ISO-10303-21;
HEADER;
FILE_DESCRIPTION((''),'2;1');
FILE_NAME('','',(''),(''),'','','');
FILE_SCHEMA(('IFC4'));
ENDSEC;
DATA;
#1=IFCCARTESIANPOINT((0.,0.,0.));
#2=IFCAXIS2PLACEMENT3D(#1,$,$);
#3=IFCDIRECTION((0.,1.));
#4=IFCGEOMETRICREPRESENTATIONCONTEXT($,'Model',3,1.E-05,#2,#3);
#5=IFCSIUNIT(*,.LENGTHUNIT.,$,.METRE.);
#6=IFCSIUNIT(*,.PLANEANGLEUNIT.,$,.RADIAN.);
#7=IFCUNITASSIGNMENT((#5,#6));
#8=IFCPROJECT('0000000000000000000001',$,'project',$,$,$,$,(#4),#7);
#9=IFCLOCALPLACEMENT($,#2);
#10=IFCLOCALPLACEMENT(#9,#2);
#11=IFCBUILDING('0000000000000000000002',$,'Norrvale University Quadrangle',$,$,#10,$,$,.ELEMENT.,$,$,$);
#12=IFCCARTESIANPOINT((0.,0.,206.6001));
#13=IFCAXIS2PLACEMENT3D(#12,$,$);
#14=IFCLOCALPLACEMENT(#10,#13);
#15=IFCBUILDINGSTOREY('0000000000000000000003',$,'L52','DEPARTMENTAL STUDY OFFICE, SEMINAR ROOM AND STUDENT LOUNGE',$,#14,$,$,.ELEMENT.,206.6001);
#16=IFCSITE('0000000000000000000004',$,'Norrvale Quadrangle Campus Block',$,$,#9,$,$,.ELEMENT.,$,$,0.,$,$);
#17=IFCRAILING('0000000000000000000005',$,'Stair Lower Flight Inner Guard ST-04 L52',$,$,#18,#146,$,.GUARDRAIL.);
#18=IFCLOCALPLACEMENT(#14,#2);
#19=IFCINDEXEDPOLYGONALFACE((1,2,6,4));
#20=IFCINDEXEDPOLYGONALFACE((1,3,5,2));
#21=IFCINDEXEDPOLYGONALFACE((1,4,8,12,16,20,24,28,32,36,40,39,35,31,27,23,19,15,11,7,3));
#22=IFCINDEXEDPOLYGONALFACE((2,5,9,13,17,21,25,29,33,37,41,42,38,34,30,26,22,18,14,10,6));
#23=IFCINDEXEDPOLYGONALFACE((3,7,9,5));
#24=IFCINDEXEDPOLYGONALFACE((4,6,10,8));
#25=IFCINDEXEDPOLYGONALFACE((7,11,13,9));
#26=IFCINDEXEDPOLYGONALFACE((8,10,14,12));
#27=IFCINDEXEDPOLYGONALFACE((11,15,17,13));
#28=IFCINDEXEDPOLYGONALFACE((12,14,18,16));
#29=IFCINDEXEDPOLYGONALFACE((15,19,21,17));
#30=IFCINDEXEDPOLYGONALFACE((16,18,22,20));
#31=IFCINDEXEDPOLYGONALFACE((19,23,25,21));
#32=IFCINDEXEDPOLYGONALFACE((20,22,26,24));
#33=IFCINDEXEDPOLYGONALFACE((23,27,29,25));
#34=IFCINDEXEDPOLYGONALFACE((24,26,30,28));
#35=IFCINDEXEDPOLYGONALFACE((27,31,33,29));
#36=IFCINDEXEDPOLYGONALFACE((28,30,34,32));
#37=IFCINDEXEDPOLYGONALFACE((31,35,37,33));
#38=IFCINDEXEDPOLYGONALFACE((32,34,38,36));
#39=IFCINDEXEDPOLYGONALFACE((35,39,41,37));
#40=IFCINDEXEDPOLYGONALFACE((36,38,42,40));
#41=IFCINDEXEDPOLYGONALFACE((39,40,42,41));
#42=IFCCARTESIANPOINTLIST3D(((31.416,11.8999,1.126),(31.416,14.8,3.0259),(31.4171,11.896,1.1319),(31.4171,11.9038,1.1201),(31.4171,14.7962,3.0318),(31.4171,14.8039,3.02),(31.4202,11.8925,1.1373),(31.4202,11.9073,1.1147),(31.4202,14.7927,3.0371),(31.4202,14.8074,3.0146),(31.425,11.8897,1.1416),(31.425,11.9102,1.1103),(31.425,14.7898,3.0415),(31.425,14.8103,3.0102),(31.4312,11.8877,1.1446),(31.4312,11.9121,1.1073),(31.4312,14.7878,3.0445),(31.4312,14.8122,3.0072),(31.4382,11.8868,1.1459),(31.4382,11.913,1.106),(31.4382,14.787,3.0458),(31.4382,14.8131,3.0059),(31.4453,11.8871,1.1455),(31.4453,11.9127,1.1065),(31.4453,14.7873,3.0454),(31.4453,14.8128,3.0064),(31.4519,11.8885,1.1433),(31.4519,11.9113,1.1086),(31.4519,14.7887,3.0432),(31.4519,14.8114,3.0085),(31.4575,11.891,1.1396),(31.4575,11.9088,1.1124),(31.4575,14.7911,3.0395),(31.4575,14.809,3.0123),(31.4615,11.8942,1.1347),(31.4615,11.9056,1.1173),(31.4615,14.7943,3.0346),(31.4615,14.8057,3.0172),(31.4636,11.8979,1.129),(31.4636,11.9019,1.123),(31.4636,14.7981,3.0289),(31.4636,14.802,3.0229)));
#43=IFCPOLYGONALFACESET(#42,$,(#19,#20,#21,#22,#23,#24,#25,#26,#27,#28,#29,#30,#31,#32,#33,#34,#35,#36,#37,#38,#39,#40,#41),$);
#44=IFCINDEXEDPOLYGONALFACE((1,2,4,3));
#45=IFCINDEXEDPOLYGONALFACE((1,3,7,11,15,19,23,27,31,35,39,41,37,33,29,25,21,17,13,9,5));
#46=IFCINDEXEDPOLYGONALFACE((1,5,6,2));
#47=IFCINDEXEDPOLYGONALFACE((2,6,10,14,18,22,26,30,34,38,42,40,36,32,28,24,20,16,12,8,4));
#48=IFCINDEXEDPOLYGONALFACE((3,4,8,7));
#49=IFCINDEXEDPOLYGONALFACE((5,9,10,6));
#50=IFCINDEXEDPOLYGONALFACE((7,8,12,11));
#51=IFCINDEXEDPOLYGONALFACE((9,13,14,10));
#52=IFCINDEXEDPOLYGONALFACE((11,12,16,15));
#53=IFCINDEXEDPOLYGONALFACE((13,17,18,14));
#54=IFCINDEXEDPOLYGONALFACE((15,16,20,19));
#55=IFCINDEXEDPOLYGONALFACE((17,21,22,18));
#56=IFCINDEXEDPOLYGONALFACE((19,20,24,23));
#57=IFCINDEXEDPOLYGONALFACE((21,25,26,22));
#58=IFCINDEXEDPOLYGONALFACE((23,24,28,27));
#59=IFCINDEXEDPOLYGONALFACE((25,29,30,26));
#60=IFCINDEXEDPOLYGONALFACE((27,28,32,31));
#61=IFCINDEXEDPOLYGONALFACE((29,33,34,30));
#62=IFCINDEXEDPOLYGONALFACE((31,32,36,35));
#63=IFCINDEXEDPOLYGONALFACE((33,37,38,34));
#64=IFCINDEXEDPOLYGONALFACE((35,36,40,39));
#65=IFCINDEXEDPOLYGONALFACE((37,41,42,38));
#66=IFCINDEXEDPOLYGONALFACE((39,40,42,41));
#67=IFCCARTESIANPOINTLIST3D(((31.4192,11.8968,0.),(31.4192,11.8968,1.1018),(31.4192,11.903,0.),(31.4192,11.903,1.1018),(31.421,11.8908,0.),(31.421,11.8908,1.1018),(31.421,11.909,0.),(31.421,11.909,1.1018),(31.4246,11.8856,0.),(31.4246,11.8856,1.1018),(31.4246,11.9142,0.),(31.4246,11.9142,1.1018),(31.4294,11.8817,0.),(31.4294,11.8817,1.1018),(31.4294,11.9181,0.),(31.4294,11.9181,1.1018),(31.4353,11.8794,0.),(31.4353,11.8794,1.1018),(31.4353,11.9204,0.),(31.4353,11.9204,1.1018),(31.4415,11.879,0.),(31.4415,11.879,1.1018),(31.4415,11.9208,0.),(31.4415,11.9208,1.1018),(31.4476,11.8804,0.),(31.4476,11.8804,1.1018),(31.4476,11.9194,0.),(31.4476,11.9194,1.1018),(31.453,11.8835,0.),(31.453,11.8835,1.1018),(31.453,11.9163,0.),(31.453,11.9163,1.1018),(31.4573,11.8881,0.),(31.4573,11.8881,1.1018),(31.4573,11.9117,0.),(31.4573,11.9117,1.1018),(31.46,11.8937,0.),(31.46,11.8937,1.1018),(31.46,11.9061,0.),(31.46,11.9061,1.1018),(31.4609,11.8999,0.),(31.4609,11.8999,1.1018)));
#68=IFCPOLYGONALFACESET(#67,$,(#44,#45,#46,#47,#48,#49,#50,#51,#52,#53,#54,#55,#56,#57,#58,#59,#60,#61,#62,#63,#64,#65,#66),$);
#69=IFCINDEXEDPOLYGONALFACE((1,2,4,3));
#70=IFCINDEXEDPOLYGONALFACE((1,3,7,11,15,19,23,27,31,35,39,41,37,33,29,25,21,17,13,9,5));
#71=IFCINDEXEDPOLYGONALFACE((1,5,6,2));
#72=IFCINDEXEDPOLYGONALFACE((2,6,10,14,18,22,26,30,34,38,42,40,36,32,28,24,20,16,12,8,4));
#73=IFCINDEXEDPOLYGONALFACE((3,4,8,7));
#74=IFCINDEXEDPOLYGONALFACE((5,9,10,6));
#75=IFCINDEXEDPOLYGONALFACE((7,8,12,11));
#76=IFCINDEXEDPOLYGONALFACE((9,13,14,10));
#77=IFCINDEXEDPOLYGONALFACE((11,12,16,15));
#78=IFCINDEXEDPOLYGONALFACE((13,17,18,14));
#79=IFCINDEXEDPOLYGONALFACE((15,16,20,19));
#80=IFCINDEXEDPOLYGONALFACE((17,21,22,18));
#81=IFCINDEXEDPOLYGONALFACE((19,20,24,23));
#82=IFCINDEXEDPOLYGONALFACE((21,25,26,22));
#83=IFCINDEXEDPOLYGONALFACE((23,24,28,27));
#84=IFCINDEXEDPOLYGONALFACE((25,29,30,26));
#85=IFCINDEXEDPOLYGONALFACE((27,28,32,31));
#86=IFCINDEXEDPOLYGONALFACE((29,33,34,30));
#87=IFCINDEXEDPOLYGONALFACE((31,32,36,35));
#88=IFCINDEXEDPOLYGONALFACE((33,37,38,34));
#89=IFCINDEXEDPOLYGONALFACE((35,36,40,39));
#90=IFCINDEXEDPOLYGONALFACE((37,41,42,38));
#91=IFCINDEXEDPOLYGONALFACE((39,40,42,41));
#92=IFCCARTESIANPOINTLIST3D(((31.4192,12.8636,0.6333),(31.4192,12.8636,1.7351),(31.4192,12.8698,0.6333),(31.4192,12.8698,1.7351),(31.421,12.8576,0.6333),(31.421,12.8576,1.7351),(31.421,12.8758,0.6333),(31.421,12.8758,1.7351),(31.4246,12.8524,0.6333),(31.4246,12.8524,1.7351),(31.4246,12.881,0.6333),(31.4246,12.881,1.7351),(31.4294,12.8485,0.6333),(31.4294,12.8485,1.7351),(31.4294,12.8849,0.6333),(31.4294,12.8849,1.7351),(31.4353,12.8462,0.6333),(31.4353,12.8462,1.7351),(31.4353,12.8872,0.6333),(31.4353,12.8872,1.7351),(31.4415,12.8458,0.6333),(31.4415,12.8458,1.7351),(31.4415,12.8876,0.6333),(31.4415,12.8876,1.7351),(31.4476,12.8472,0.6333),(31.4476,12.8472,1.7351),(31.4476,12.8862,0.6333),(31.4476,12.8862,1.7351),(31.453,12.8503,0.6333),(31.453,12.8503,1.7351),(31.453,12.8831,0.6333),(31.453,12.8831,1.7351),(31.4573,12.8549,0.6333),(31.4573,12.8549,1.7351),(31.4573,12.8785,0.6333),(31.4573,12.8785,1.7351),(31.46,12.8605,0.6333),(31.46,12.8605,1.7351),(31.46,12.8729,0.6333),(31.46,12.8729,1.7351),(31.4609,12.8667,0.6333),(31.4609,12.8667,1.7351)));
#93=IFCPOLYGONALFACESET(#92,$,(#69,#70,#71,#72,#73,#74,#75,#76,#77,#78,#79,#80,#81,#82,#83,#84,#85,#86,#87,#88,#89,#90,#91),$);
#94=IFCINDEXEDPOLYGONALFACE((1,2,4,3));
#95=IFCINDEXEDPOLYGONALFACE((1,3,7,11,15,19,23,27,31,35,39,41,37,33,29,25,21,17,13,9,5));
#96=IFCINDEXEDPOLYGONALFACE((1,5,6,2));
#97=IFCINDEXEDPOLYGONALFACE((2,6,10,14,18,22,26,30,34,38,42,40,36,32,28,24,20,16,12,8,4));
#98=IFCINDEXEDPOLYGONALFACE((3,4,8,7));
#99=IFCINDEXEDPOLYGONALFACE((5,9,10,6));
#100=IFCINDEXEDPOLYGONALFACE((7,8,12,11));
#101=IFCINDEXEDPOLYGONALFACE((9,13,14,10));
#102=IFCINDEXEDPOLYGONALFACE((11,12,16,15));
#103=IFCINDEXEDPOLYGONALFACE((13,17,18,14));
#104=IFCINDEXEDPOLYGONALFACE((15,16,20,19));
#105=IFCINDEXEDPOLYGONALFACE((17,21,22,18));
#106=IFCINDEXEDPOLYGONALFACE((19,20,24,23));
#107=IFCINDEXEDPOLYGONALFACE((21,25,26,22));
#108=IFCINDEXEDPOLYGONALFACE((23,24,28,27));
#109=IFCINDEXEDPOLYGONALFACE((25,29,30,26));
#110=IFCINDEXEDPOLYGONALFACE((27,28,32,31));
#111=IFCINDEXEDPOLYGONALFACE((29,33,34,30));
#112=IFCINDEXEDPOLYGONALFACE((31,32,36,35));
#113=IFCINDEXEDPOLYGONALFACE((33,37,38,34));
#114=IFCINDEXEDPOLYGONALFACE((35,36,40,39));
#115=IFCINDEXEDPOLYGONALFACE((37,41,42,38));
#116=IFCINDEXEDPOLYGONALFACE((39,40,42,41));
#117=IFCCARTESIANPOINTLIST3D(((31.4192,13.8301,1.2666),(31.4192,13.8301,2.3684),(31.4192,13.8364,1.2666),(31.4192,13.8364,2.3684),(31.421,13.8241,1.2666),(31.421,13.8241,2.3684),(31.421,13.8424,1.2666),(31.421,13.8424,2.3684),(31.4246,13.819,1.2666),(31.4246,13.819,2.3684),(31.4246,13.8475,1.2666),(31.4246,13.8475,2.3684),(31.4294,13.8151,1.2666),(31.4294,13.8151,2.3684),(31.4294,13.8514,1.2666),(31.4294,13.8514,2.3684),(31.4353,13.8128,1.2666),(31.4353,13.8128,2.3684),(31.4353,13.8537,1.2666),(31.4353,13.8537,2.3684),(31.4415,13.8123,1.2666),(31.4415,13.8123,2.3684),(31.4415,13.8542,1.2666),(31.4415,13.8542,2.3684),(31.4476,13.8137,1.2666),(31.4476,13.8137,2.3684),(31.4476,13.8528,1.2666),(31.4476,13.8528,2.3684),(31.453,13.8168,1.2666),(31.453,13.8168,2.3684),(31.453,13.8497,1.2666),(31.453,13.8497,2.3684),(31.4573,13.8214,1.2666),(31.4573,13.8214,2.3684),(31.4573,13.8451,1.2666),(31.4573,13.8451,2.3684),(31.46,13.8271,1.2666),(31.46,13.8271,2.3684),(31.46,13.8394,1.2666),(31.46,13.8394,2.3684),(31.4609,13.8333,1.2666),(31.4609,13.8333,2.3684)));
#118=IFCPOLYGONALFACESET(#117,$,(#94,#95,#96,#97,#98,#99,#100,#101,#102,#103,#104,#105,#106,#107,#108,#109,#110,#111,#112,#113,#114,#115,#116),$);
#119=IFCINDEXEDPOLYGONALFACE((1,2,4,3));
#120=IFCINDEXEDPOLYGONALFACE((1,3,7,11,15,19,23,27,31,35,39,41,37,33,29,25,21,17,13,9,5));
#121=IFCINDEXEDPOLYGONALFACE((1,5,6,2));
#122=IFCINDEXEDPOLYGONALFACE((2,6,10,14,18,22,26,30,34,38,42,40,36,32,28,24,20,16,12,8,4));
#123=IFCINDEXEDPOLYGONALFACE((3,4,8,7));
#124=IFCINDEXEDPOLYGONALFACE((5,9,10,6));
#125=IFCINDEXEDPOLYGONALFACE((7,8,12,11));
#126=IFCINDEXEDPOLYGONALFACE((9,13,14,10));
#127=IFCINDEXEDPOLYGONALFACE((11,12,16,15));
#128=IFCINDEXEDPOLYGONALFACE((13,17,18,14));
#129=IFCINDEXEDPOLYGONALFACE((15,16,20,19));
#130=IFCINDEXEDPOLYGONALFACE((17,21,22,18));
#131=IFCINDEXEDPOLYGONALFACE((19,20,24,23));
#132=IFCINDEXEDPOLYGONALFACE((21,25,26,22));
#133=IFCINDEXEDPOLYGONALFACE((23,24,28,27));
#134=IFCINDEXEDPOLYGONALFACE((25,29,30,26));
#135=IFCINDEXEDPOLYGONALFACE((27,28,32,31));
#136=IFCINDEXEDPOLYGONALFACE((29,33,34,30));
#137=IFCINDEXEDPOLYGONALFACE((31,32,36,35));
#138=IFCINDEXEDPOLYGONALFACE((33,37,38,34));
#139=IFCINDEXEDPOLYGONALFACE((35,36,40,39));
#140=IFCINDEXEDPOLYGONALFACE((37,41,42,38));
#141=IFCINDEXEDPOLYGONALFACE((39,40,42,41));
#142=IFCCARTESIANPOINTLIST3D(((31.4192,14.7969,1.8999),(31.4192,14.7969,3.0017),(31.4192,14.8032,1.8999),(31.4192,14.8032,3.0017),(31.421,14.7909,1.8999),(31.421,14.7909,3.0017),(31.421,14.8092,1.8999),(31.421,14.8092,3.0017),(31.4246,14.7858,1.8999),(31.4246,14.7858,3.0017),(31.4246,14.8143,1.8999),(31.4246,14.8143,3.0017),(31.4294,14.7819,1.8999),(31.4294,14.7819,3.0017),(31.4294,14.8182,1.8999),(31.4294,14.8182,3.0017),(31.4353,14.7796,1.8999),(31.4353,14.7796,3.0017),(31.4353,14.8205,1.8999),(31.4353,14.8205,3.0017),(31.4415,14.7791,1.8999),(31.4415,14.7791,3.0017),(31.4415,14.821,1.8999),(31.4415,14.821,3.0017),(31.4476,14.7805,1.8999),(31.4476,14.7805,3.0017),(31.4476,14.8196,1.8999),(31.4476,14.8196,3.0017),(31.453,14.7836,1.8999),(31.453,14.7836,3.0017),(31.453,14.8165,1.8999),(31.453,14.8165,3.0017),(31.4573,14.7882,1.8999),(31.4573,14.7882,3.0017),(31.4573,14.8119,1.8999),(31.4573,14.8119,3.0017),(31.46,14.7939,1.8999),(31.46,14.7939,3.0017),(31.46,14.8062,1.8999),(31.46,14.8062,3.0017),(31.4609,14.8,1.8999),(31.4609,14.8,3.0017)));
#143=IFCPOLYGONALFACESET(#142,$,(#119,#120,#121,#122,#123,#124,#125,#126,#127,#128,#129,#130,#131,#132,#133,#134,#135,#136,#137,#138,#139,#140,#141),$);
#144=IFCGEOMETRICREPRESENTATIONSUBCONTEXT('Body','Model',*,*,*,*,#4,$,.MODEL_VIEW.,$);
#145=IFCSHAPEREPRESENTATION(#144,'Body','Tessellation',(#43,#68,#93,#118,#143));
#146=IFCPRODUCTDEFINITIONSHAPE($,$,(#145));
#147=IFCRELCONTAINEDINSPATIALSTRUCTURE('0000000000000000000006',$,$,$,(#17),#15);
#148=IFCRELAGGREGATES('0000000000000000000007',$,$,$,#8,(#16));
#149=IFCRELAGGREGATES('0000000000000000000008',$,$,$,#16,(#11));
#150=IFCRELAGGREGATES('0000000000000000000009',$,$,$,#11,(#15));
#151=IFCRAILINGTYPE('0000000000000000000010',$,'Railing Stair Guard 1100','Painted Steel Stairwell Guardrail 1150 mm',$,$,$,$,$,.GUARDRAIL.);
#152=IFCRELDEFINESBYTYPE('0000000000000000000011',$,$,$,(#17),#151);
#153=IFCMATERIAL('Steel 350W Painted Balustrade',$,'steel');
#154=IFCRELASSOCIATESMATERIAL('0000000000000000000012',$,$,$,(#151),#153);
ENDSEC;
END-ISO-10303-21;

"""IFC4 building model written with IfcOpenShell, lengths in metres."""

from ifc_helpers import new_model, si_unit, direction, frame, origin, origin_2d, place, context, subcontext, project, spatial, circle, extrude, material, type_object, element, save


model = new_model("IFC4")

# Units and contexts
model_context = context("Model", 3, precision=1e-05, world=origin(), true_north=direction((0.0, 1.0)))
body_context = subcontext(model_context, "Body", "Model", "MODEL_VIEW")
ifc_project = project(units=[si_unit("LENGTHUNIT", "METRE"), si_unit("PLANEANGLEUNIT", "RADIAN")], contexts=[model_context])

# Site, building, storey
site_placement = place(None, origin())
site = spatial("IfcSite", under=ifc_project, at=site_placement, Name="Norrvale Quadrangle Campus Block", CompositionType="ELEMENT", RefElevation=0.0)
building_placement = place(site_placement, origin())
building = spatial("IfcBuilding", under=site, at=building_placement, Name="Norrvale University Quadrangle", CompositionType="ELEMENT")
storey_placement = place(building_placement, frame((0.0, 0.0, 206.6001)))
storey = spatial("IfcBuildingStorey", under=building, at=storey_placement, Name="L52", Description="DEPARTMENTAL STUDY OFFICE, SEMINAR ROOM AND STUDENT LOUNGE", CompositionType="ELEMENT", Elevation=206.6001)

# Railing
ifc_material_1 = material(Name="Steel 350W Painted Balustrade", Category="steel")
railing_type_1 = type_object("IfcRailingType", Name="Railing Stair Guard 1100", Description="Painted Steel Stairwell Guardrail 1150 mm", PredefinedType="GUARDRAIL", material=ifc_material_1)
railing_1_placement = place(storey_placement, frame((31.4399, 11.8999, 0.0)))
element("IfcRailing", 1, at=railing_1_placement, inside=storey, type_object=railing_type_1, Name="Stair Lower Flight Inner Guard ST-04 L52", PredefinedType="GUARDRAIL", context=body_context, shape_type="SweptSolid", body=[
    extrude(circle(Radius=0.0239, at=origin_2d()), frame((0.0, 0.0, 1.126), z_axis=(0.0, 0.836487, 0.547987), x_axis=(-1.0, 0.0, 0.0)), (0.0, 0.0, 1.0), 3.467),
    extrude(circle(Radius=0.021, at=origin_2d()), origin(), (0.0, 0.0, 1.0), 1.1018),
    extrude(circle(Radius=0.021, at=origin_2d()), frame((0.0, 0.9668, 0.6333)), (0.0, 0.0, 1.0), 1.1018),
    extrude(circle(Radius=0.021, at=origin_2d()), frame((0.0, 1.9333, 1.2666)), (0.0, 0.0, 1.0), 1.1018),
    extrude(circle(Radius=0.021, at=origin_2d()), frame((0.0, 2.9001, 1.8999)), (0.0, 0.0, 1.0), 1.1018),
])

save(model, "model.ifc")
